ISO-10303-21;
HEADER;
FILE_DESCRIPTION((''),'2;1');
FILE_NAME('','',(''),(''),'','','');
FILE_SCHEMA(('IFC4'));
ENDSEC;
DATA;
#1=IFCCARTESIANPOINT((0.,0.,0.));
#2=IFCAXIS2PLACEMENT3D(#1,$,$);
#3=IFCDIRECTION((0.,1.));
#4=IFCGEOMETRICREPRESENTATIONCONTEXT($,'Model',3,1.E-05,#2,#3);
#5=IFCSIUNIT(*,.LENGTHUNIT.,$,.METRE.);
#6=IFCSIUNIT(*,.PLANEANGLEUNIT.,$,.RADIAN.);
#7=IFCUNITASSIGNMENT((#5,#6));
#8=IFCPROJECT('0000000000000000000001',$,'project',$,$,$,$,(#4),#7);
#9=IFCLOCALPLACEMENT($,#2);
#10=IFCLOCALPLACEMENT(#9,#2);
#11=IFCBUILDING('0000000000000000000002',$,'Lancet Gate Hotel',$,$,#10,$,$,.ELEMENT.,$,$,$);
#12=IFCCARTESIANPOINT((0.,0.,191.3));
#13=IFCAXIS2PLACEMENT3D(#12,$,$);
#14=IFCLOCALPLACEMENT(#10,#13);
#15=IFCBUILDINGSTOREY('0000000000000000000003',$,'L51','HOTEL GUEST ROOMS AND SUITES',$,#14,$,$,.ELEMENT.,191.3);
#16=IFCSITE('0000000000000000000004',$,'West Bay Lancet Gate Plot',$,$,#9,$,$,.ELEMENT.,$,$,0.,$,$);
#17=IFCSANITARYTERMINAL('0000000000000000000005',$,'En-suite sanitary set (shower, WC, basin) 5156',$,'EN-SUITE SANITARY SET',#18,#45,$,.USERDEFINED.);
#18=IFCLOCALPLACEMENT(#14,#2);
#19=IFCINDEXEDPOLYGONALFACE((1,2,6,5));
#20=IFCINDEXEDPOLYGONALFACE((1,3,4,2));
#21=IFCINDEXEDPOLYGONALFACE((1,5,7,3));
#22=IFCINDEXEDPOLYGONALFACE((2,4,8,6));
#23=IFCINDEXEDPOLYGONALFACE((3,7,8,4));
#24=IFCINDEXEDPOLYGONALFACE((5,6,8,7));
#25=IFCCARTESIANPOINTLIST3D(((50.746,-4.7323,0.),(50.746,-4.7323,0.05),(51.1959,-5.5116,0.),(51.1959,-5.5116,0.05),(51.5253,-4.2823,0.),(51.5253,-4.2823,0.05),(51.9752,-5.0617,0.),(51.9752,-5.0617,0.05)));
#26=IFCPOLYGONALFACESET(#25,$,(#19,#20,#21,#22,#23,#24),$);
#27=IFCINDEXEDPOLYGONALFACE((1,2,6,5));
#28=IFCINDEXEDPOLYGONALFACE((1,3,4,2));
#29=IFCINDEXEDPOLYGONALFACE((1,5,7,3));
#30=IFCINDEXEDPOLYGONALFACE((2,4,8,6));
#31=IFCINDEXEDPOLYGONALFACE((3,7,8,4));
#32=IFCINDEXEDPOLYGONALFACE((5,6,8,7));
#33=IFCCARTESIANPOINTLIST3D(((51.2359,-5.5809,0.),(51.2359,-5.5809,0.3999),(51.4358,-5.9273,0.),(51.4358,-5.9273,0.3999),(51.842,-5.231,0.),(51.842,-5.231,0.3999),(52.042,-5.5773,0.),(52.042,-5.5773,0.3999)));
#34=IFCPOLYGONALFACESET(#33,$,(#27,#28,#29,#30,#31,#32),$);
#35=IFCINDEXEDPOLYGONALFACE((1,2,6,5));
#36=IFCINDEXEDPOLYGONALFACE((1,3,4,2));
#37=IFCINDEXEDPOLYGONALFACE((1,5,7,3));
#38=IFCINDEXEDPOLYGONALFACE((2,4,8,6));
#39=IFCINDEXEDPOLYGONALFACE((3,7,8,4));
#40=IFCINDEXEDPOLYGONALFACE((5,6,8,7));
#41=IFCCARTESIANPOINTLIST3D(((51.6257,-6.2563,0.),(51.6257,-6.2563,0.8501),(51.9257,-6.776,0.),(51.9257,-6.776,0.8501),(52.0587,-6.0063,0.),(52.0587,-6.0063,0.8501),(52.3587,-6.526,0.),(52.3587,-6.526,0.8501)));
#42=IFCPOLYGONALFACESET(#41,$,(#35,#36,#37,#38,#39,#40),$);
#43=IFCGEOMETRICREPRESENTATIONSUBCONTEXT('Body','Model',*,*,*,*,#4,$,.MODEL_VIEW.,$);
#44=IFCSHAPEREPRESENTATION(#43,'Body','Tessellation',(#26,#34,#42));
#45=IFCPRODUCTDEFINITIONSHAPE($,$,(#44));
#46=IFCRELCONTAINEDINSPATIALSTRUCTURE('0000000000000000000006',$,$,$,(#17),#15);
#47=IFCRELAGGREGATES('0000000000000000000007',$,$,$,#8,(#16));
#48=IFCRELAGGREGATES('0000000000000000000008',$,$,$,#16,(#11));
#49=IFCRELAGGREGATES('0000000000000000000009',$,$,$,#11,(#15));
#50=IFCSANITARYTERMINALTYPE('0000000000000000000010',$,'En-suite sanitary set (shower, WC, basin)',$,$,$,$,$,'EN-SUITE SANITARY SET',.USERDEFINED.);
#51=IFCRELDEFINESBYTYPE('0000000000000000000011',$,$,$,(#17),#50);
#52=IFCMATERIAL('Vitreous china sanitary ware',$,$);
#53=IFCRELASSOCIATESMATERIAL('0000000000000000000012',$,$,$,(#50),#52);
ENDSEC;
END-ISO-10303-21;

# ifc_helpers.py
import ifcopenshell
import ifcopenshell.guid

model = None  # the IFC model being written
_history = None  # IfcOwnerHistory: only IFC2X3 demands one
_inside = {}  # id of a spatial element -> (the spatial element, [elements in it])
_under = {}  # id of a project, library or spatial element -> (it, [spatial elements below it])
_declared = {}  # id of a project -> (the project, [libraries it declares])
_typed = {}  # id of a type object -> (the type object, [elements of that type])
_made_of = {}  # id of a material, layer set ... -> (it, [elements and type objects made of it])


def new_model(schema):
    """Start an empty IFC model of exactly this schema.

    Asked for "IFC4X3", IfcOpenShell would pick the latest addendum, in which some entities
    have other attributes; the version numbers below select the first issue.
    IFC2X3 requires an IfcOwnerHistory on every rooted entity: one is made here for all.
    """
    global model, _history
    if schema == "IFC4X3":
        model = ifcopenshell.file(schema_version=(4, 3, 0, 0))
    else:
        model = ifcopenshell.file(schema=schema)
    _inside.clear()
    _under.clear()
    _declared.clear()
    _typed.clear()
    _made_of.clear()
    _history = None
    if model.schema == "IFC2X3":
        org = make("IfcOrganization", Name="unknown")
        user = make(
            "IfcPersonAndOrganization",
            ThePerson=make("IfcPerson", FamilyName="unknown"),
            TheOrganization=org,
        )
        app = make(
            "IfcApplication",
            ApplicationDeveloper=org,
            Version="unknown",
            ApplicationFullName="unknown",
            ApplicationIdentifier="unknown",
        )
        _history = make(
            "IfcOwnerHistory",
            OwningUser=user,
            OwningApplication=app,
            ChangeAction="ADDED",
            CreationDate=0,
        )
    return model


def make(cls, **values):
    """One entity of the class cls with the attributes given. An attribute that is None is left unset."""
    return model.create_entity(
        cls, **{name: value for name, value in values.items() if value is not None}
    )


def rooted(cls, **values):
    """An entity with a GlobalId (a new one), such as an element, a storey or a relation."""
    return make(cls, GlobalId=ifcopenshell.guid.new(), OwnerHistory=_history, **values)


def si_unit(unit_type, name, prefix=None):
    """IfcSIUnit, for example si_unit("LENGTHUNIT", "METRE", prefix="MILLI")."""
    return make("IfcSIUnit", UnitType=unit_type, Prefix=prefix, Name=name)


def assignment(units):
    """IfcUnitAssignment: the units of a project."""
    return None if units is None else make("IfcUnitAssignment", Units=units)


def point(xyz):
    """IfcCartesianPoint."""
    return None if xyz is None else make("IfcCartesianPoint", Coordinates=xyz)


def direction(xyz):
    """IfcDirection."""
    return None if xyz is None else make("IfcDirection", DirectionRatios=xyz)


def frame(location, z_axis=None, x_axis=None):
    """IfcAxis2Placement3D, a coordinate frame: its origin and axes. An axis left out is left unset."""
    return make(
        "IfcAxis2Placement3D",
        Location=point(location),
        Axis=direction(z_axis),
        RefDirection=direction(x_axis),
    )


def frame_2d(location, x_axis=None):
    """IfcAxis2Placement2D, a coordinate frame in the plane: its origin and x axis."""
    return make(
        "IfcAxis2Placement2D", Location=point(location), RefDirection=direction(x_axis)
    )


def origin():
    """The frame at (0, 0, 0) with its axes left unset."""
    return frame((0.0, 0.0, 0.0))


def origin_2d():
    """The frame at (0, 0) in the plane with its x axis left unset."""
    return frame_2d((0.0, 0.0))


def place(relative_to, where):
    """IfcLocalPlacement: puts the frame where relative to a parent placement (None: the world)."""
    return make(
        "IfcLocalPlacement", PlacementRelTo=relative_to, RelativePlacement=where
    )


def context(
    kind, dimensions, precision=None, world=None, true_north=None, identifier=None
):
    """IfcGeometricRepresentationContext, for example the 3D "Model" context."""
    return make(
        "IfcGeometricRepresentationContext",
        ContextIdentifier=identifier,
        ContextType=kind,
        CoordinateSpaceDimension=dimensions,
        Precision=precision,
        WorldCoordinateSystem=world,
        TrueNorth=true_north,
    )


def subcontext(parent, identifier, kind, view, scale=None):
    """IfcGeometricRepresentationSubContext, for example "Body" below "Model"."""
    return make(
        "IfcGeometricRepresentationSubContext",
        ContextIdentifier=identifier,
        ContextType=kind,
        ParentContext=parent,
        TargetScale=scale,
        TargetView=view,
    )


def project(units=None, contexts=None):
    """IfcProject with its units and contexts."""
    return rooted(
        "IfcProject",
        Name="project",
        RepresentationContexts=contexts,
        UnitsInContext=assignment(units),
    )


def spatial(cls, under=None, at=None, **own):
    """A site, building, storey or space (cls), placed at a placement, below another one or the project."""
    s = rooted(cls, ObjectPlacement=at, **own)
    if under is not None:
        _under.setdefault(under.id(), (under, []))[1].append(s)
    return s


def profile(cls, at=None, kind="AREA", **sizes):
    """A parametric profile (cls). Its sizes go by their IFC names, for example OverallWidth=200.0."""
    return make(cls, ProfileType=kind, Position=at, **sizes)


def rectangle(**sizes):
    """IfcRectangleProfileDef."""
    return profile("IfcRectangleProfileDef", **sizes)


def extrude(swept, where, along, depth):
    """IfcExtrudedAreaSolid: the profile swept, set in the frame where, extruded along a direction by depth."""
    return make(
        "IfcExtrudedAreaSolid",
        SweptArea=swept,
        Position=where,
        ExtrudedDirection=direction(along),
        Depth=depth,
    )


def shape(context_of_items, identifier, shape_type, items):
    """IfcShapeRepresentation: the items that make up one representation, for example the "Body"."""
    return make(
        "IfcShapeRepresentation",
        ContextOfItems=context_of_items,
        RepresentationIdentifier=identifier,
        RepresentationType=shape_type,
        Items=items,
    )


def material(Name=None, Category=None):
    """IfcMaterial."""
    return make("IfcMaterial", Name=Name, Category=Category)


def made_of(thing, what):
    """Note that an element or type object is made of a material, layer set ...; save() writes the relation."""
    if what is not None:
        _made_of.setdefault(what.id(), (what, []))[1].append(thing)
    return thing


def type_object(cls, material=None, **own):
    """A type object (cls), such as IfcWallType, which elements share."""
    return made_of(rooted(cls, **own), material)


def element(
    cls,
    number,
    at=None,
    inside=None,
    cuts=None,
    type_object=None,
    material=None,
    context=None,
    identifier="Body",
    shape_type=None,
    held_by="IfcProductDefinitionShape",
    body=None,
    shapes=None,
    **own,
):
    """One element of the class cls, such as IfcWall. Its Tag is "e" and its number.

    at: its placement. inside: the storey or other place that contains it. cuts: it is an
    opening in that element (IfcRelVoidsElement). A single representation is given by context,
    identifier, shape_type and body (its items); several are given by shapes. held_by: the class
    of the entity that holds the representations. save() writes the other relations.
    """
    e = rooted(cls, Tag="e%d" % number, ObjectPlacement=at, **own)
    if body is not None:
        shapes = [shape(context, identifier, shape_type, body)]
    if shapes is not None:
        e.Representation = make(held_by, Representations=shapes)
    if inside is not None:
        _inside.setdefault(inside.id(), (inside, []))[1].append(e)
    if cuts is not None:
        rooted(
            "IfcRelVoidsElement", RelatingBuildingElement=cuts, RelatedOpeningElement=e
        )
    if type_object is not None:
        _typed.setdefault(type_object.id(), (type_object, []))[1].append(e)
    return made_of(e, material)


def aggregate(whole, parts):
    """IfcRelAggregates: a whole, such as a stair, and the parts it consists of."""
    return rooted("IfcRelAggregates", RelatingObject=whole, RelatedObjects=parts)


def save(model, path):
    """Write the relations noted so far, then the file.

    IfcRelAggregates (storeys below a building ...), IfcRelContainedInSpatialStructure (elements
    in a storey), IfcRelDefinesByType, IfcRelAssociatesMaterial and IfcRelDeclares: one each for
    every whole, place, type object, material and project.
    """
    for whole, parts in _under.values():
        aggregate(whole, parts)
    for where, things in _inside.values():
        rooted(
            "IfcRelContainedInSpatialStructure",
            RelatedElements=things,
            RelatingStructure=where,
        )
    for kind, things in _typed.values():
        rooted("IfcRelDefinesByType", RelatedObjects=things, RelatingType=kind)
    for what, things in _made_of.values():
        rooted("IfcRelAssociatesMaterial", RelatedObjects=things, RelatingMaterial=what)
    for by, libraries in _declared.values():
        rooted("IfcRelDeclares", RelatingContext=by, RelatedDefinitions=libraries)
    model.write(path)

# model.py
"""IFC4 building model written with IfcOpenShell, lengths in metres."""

from ifc_helpers import new_model, si_unit, direction, frame, origin, origin_2d, place, context, subcontext, project, spatial, rectangle, extrude, material, type_object, element, save


model = new_model("IFC4")

# Units and contexts
model_context = context("Model", 3, precision=1e-05, world=origin(), true_north=direction((0.0, 1.0)))
body_context = subcontext(model_context, "Body", "Model", "MODEL_VIEW")
ifc_project = project(units=[si_unit("LENGTHUNIT", "METRE"), si_unit("PLANEANGLEUNIT", "RADIAN")], contexts=[model_context])

# Site, building, storey
site_placement = place(None, origin())
site = spatial("IfcSite", under=ifc_project, at=site_placement, Name="West Bay Lancet Gate Plot", CompositionType="ELEMENT", RefElevation=0.0)
building_placement = place(site_placement, origin())
building = spatial("IfcBuilding", under=site, at=building_placement, Name="Lancet Gate Hotel", CompositionType="ELEMENT")
storey_placement = place(building_placement, frame((0.0, 0.0, 191.3)))
storey = spatial("IfcBuildingStorey", under=building, at=storey_placement, Name="L51", Description="HOTEL GUEST ROOMS AND SUITES", CompositionType="ELEMENT", Elevation=191.3)

# Sanitary terminal
ifc_material_1 = material(Name="Vitreous china sanitary ware")
sanitary_terminal_type = type_object("IfcSanitaryTerminalType", Name="En-suite sanitary set (shower, WC, basin)", ElementType="EN-SUITE SANITARY SET", PredefinedType="USERDEFINED", material=ifc_material_1)
sanitary_terminal_1_placement = place(storey_placement, frame((51.3606, -4.897, 0.0), z_axis=(0.0, 0.0, 1.0), x_axis=(1.0, 0.0, 0.0)))
element("IfcSanitaryTerminal", 1, at=sanitary_terminal_1_placement, inside=storey, type_object=sanitary_terminal_type, Name="En-suite sanitary set (shower, WC, basin) 5156", ObjectType="EN-SUITE SANITARY SET", PredefinedType="USERDEFINED", context=body_context, shape_type="SweptSolid", body=[
    extrude(rectangle(XDim=0.8999, YDim=0.8999, at=origin_2d()), frame((0.0, 0.0, 0.0), z_axis=(0.0, 0.0, 1.0), x_axis=(-0.5, 0.866025, 0.0)), (0.0, 0.0, 1.0), 0.05),
    extrude(rectangle(XDim=0.3999, YDim=0.7, at=origin_2d()), frame((0.2783, -0.6821, 0.0), z_axis=(0.0, 0.0, 1.0), x_axis=(-0.5, 0.866025, 0.0)), (0.0, 0.0, 1.0), 0.3999),
    extrude(rectangle(XDim=0.6001, YDim=0.5, at=origin_2d()), frame((0.6316, -1.4941, 0.0), z_axis=(0.0, 0.0, 1.0), x_axis=(-0.5, 0.866025, 0.0)), (0.0, 0.0, 1.0), 0.8501),
])

save(model, "model.ifc")
